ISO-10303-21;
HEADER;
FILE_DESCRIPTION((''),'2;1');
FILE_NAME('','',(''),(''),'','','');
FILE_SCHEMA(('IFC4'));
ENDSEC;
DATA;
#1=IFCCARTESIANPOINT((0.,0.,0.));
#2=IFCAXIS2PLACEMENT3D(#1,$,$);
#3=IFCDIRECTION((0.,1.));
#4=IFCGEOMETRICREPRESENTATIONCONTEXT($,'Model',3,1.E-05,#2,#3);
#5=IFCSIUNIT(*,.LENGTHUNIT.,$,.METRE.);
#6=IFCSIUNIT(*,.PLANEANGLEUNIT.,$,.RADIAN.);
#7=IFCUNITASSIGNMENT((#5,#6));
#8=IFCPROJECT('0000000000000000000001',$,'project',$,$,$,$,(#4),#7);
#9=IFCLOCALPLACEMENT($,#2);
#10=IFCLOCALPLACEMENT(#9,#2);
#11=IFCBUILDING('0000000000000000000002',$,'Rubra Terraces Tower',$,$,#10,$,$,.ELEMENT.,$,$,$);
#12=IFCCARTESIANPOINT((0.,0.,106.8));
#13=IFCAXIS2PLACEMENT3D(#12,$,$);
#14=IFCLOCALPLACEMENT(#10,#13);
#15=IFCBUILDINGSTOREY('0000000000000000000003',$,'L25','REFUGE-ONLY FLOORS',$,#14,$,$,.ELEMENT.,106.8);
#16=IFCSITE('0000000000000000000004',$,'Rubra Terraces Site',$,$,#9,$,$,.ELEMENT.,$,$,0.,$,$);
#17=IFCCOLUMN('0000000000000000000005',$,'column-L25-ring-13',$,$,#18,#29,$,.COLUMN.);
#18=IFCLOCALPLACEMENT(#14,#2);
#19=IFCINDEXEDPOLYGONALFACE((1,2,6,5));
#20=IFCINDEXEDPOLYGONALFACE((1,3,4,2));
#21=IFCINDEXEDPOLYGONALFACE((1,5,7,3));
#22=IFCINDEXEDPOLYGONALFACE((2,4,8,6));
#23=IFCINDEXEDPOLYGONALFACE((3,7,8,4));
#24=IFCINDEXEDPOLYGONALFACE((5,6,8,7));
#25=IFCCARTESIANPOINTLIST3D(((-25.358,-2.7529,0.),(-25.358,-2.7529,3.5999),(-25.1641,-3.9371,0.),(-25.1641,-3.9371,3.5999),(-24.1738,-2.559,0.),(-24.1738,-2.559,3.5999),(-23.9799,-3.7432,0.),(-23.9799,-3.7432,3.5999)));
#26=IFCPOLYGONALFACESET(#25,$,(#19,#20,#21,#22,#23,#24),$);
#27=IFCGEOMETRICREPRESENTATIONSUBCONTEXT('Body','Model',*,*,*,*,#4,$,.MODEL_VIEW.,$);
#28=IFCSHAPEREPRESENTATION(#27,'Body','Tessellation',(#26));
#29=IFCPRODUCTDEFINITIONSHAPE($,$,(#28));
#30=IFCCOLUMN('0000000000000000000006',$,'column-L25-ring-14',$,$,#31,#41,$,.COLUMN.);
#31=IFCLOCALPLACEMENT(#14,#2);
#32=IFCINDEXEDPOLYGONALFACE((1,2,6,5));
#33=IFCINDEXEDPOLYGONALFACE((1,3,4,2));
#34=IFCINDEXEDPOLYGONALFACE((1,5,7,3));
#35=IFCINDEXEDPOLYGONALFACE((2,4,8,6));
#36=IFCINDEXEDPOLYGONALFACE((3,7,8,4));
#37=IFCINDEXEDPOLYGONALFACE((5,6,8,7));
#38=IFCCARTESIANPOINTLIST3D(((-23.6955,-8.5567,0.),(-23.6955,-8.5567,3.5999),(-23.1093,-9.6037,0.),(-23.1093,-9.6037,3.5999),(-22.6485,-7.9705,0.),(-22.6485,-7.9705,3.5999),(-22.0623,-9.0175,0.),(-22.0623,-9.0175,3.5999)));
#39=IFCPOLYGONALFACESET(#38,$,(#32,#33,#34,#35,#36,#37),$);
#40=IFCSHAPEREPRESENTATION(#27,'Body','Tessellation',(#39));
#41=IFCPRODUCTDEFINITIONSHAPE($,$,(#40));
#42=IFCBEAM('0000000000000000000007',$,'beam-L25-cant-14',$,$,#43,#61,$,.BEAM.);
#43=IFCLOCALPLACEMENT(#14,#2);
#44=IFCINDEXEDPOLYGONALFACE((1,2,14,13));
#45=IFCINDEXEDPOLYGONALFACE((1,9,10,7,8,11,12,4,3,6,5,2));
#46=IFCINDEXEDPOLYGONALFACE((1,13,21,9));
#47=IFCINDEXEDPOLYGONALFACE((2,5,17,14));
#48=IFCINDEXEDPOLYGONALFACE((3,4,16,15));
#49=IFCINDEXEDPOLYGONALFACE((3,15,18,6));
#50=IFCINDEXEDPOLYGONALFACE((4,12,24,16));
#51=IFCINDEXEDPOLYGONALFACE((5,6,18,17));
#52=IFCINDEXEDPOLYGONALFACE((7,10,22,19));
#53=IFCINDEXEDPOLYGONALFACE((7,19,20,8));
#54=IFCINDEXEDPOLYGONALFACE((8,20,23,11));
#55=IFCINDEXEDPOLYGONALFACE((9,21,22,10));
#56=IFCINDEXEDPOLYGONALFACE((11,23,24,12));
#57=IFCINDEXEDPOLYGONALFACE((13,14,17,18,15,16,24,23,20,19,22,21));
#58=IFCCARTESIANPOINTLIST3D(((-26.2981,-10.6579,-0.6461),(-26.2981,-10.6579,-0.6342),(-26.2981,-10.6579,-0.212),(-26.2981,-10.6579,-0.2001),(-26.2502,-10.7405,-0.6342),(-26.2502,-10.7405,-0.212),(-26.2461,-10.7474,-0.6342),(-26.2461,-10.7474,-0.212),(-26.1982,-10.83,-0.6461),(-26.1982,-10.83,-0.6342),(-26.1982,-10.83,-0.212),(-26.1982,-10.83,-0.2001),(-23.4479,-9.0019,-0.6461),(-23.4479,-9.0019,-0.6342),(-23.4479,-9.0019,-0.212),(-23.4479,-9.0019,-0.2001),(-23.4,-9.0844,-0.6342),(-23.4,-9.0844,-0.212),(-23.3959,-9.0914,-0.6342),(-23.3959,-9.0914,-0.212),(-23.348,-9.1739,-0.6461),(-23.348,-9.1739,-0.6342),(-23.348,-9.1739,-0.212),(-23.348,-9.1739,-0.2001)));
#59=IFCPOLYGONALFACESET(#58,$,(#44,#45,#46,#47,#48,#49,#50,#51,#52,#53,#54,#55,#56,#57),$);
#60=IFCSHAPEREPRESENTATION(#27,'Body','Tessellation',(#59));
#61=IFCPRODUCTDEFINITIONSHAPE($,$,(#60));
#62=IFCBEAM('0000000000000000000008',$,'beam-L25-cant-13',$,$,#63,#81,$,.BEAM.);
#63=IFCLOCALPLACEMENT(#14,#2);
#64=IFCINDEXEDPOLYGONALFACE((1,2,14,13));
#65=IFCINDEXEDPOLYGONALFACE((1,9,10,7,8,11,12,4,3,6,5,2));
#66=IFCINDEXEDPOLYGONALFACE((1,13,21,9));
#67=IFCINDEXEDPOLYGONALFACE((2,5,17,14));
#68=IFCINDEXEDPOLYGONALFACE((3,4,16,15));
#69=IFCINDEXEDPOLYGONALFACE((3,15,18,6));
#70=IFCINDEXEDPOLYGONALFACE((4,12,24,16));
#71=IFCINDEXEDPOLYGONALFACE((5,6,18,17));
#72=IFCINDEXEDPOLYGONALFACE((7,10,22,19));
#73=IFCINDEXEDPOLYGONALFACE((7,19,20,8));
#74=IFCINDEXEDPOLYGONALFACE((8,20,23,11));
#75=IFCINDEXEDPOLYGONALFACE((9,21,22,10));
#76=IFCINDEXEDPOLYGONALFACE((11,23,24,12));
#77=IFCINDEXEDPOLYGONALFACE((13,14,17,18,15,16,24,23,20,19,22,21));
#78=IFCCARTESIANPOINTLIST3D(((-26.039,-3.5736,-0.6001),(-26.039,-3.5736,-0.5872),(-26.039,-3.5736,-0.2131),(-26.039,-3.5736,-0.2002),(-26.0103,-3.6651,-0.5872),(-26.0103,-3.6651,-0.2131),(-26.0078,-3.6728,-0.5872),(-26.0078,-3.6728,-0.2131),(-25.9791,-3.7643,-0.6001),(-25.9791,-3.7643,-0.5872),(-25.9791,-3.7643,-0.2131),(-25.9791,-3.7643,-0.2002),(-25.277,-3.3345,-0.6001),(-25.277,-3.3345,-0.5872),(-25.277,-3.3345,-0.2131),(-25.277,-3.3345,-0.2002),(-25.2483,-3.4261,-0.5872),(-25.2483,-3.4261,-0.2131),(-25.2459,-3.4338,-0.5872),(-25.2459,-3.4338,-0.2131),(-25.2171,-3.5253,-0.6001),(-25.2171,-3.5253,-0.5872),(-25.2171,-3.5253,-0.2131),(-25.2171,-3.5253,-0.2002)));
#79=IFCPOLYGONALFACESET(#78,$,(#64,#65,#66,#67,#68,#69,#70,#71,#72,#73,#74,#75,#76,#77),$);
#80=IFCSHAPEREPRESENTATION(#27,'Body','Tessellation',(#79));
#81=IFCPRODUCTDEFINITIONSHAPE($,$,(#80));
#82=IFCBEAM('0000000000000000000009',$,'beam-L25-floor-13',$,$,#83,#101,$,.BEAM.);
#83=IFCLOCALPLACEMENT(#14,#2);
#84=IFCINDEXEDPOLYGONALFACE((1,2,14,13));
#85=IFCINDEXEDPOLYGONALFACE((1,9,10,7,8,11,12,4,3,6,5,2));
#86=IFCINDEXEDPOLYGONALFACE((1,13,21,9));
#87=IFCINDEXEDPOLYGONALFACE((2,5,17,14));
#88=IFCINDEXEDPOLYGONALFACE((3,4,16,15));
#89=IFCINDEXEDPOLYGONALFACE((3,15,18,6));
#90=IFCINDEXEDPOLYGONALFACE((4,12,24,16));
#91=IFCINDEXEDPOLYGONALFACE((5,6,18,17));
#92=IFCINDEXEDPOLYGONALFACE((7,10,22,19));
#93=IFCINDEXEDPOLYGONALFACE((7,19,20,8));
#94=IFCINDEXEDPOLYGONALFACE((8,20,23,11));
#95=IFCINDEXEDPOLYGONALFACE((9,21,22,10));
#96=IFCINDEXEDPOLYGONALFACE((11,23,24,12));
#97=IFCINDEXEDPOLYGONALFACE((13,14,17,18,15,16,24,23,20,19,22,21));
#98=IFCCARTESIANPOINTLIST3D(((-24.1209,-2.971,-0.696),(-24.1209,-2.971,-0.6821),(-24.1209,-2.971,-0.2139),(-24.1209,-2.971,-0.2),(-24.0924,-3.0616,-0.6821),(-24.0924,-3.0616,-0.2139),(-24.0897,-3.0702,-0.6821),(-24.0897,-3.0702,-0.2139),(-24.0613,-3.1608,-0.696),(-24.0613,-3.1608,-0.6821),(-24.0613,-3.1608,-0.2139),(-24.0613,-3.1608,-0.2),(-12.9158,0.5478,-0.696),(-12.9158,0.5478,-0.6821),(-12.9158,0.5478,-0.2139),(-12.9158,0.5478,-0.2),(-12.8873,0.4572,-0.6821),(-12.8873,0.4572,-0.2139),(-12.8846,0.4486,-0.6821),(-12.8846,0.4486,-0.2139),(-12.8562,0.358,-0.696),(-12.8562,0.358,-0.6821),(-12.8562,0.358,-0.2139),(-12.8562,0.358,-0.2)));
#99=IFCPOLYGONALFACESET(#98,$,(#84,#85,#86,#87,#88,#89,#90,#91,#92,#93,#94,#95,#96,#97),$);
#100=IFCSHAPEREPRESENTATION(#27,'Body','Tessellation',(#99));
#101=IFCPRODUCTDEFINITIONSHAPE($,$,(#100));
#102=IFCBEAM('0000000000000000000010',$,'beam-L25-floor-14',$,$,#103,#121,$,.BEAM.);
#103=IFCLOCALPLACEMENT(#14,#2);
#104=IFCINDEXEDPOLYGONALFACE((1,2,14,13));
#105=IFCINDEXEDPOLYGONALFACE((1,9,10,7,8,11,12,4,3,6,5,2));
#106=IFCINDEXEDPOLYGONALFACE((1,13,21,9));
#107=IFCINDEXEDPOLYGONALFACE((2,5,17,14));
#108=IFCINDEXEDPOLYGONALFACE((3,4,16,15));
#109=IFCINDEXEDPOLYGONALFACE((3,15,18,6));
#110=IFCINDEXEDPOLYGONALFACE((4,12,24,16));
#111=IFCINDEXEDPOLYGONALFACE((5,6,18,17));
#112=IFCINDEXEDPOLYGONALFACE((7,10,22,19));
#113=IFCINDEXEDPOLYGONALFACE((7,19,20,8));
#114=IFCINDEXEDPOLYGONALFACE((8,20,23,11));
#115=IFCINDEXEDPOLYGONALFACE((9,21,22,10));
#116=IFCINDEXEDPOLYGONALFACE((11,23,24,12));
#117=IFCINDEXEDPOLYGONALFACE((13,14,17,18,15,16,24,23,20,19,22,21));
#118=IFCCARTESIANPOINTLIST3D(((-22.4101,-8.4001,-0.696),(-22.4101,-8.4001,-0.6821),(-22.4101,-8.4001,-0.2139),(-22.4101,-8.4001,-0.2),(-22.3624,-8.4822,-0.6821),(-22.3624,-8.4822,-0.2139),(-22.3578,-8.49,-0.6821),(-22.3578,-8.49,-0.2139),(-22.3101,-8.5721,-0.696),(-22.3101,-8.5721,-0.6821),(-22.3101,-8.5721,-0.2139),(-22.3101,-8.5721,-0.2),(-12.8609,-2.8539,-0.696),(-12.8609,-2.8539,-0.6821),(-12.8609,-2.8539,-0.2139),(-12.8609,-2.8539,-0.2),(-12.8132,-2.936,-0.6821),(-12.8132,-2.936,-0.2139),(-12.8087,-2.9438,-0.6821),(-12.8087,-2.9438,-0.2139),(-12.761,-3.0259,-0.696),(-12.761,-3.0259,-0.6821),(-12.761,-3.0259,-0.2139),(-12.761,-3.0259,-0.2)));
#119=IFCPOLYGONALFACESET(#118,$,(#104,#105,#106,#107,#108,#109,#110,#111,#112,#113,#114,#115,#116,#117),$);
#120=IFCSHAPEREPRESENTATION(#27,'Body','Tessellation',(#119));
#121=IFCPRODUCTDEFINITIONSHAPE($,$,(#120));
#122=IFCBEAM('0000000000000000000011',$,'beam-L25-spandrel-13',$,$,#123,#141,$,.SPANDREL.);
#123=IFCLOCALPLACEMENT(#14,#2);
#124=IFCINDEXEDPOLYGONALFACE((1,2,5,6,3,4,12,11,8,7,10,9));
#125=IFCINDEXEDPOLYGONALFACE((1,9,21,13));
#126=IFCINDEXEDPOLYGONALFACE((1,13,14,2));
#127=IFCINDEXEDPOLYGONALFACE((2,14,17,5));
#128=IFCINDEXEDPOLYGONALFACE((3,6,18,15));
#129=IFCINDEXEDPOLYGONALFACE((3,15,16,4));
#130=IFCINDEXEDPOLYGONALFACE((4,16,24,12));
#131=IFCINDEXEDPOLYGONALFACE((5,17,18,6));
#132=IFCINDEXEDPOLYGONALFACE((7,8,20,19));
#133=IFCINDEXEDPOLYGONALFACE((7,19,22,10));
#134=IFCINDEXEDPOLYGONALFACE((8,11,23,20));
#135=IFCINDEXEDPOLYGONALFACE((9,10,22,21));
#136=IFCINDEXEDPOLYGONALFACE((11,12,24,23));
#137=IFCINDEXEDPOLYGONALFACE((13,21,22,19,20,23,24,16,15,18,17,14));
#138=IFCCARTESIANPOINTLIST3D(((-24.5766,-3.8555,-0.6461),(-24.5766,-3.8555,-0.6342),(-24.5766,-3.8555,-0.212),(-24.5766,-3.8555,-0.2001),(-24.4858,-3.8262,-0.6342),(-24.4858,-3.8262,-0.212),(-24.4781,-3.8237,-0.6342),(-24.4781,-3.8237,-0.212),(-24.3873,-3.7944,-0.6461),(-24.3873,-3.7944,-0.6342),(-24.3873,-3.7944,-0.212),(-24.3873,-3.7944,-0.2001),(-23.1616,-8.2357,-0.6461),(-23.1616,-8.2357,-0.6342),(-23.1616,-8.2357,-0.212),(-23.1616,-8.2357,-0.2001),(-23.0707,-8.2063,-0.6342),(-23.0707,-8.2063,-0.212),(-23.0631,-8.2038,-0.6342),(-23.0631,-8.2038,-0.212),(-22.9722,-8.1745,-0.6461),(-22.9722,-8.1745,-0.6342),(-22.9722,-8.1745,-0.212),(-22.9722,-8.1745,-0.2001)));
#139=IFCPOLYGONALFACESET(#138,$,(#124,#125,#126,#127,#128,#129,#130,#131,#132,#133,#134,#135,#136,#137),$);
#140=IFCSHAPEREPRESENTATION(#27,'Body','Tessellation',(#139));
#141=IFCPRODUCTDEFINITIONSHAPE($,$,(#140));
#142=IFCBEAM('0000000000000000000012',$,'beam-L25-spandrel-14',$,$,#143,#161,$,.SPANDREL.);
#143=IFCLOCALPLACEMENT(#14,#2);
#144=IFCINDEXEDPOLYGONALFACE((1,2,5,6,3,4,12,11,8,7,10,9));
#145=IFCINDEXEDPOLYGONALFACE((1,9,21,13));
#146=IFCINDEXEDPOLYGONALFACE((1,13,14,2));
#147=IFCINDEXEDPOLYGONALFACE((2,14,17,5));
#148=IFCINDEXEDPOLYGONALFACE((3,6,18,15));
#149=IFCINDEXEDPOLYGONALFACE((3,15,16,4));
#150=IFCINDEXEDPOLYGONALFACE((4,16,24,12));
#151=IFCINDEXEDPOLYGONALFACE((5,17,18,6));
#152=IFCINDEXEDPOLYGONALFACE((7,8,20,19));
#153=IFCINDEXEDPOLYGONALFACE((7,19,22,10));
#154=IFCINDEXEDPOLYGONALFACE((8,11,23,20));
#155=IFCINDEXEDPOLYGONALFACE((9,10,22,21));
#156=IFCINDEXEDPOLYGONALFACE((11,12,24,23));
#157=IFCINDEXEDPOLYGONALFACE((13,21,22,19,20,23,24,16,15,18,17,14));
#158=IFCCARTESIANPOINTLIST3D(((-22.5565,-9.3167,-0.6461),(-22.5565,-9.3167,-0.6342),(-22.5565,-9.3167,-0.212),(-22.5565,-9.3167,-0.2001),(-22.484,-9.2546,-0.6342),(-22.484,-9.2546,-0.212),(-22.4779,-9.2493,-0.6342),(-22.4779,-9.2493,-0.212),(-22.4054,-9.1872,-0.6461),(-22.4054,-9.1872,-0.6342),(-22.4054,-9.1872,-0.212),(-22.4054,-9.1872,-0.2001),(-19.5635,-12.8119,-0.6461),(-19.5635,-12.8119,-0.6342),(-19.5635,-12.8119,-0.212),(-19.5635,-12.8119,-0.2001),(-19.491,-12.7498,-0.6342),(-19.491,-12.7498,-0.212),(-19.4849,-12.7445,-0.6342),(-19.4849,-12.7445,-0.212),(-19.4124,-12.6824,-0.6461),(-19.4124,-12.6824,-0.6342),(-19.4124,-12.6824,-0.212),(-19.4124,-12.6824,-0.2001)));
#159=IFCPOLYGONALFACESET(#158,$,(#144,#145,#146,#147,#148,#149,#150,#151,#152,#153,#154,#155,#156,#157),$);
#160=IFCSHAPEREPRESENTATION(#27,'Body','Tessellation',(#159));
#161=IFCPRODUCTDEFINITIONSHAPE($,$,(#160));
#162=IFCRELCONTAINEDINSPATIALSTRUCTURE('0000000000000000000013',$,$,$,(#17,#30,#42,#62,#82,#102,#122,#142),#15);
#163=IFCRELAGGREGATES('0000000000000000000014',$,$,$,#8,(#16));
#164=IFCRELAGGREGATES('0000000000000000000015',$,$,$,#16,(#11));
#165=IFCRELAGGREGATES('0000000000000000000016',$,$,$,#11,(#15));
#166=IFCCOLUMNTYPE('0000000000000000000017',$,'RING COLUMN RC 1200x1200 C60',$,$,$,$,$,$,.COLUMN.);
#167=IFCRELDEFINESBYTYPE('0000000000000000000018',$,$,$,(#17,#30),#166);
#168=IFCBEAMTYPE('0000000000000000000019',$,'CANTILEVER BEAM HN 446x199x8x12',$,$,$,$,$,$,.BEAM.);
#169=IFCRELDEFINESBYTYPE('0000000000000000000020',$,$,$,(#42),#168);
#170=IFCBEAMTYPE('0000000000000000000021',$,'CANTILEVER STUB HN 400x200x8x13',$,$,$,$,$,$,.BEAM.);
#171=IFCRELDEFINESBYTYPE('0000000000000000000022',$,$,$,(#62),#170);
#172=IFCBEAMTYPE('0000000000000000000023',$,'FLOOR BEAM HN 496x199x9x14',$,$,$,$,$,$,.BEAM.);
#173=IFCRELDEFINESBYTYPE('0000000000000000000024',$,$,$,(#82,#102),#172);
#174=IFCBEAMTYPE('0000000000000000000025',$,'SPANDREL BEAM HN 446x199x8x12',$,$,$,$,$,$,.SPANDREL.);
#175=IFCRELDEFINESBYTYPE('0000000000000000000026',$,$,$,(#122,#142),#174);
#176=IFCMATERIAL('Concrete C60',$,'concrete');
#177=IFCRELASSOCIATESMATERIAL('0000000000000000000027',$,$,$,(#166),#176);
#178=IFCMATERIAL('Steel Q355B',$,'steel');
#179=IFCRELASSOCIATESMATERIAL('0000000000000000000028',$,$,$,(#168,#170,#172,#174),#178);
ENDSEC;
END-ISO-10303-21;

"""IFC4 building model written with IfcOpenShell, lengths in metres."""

from ifc_helpers import new_model, si_unit, direction, frame, origin, origin_2d, place, context, subcontext, project, spatial, rectangle, i_section, extrude, material, material_profile, profile_set, type_object, element, save


model = new_model("IFC4")

# Units and contexts
model_context = context("Model", 3, precision=1e-05, world=origin(), true_north=direction((0.0, 1.0)))
body_context = subcontext(model_context, "Body", "Model", "MODEL_VIEW")
ifc_project = project(units=[si_unit("LENGTHUNIT", "METRE"), si_unit("PLANEANGLEUNIT", "RADIAN")], contexts=[model_context])

# Site, building, storey
site_placement = place(None, origin())
site = spatial("IfcSite", under=ifc_project, at=site_placement, Name="Rubra Terraces Site", CompositionType="ELEMENT", RefElevation=0.0)
building_placement = place(site_placement, origin())
building = spatial("IfcBuilding", under=site, at=building_placement, Name="Rubra Terraces Tower", CompositionType="ELEMENT")
storey_placement = place(building_placement, frame((0.0, 0.0, 106.8)))
storey = spatial("IfcBuildingStorey", under=building, at=storey_placement, Name="L25", Description="REFUGE-ONLY FLOORS", CompositionType="ELEMENT", Elevation=106.8)

# Columns
ifc_material_1 = material(Name="Concrete C60", Category="concrete")
ifc_material_profile_1 = material_profile(ifc_material_1, rectangle(XDim=1.2, YDim=1.2, at=origin_2d()), Name="RC 1200x1200")
ifc_profile_set_1 = profile_set([ifc_material_profile_1], Name="Concrete C60")
column_type = type_object("IfcColumnType", Name="RING COLUMN RC 1200x1200 C60", PredefinedType="COLUMN", material=ifc_profile_set_1)
for number, where, z_axis, x_axis, name in (
    (1, (-24.6689, -3.248, 0.0), (0.0, 0.0, 1.0), (0.161559, -0.986863, 0.0), "column-L25-ring-13"),
    (2, (-22.8789, -8.7871, 0.0), (0.0, 0.0, 1.0), (0.488526, -0.872549, 0.0), "column-L25-ring-14"),
):
    element("IfcColumn", number, at=place(storey_placement, frame(where, z_axis=z_axis, x_axis=x_axis)), inside=storey, type_object=column_type, Name=name, PredefinedType="COLUMN", context=body_context, shape_type="SweptSolid", body=[
        extrude(rectangle(XDim=1.2, YDim=1.2, at=origin_2d()), origin(), (0.0, 0.0, 1.0), 3.5999),
    ])

# Beams
ifc_material_2 = material(Name="Steel Q355B", Category="steel")
ifc_material_profile_2 = material_profile(ifc_material_2, i_section(OverallWidth=0.199, OverallDepth=0.446, WebThickness=0.0081, FlangeThickness=0.012, at=origin_2d()), Name="HN 446x199x8x12")
ifc_profile_set_2 = profile_set([ifc_material_profile_2], Name="Steel Q355B")
beam_type_1 = type_object("IfcBeamType", Name="CANTILEVER BEAM HN 446x199x8x12", PredefinedType="BEAM", material=ifc_profile_set_2)
beam_1_placement = place(storey_placement, frame((-23.3979, -9.0879, -0.4231), z_axis=(-0.864643, -0.502387, 0.0), x_axis=(0.502387, -0.864643, 0.0)))
element("IfcBeam", 3, at=beam_1_placement, inside=storey, type_object=beam_type_1, Name="beam-L25-cant-14", PredefinedType="BEAM", context=body_context, shape_type="SweptSolid", body=[
    extrude(i_section(OverallWidth=0.199, OverallDepth=0.446, WebThickness=0.0081, FlangeThickness=0.012, at=origin_2d()), origin(), (0.0, 0.0, 1.0), 3.2964),
])
ifc_material_profile_3 = material_profile(ifc_material_2, i_section(OverallWidth=0.2, OverallDepth=0.3999, WebThickness=0.0081, FlangeThickness=0.0129, at=origin_2d()), Name="HN 400x200x8x13")
ifc_profile_set_3 = profile_set([ifc_material_profile_3], Name="Steel Q355B")
beam_type_2 = type_object("IfcBeamType", Name="CANTILEVER STUB HN 400x200x8x13", PredefinedType="BEAM", material=ifc_profile_set_3)
beam_2_placement = place(storey_placement, frame((-25.2471, -3.4299, -0.4001), z_axis=(-0.954158, -0.299302, 0.0), x_axis=(0.299302, -0.954158, 0.0)))
element("IfcBeam", 4, at=beam_2_placement, inside=storey, type_object=beam_type_2, Name="beam-L25-cant-13", PredefinedType="BEAM", context=body_context, shape_type="SweptSolid", body=[
    extrude(i_section(OverallWidth=0.2, OverallDepth=0.3999, WebThickness=0.0081, FlangeThickness=0.0129, at=origin_2d()), origin(), (0.0, 0.0, 1.0), 0.7986),
])
ifc_material_profile_4 = material_profile(ifc_material_2, i_section(OverallWidth=0.199, OverallDepth=0.4961, WebThickness=0.009, FlangeThickness=0.0139, at=origin_2d()), Name="HN 496x199x9x14")
ifc_profile_set_4 = profile_set([ifc_material_profile_4], Name="Steel Q355B")
beam_type_3 = type_object("IfcBeamType", Name="FLOOR BEAM HN 496x199x9x14", PredefinedType="BEAM", material=ifc_profile_set_4)
beam_3_placement = place(storey_placement, frame((-24.0911, -3.0659, -0.448), z_axis=(0.954062, 0.29961, 0.0), x_axis=(-0.29961, 0.954062, 0.0)))
element("IfcBeam", 5, at=beam_3_placement, inside=storey, type_object=beam_type_3, Name="beam-L25-floor-13", PredefinedType="BEAM", context=body_context, shape_type="SweptSolid", body=[
    extrude(i_section(OverallWidth=0.199, OverallDepth=0.4961, WebThickness=0.009, FlangeThickness=0.0139, at=origin_2d()), origin(), (0.0, 0.0, 1.0), 11.7446),
])
beam_4_placement = place(storey_placement, frame((-22.3601, -8.4861, -0.448), z_axis=(0.864729, 0.502238, 0.0), x_axis=(-0.502238, 0.864729, 0.0)))
element("IfcBeam", 6, at=beam_4_placement, inside=storey, type_object=beam_type_3, Name="beam-L25-floor-14", PredefinedType="BEAM", context=body_context, shape_type="SweptSolid", body=[
    extrude(i_section(OverallWidth=0.199, OverallDepth=0.4961, WebThickness=0.009, FlangeThickness=0.0139, at=origin_2d()), origin(), (0.0, 0.0, 1.0), 11.043),
])
ifc_material_profile_5 = material_profile(ifc_material_2, i_section(OverallWidth=0.199, OverallDepth=0.446, WebThickness=0.0081, FlangeThickness=0.012, at=origin_2d()), Name="HN 446x199x8x12")
ifc_profile_set_5 = profile_set([ifc_material_profile_5], Name="Steel Q355B")
beam_type_4 = type_object("IfcBeamType", Name="SPANDREL BEAM HN 446x199x8x12", PredefinedType="SPANDREL", material=ifc_profile_set_5)
beam_5_placement = place(storey_placement, frame((-24.4819, -3.825, -0.4231), z_axis=(0.307415, -0.951576, 0.0), x_axis=(0.951576, 0.307415, 0.0)))
element("IfcBeam", 7, at=beam_5_placement, inside=storey, type_object=beam_type_4, Name="beam-L25-spandrel-13", PredefinedType="SPANDREL", context=body_context, shape_type="SweptSolid", body=[
    extrude(i_section(OverallWidth=0.199, OverallDepth=0.446, WebThickness=0.0081, FlangeThickness=0.012, at=origin_2d()), origin(), (0.0, 0.0, 1.0), 4.603),
])
beam_6_placement = place(storey_placement, frame((-22.481, -9.252, -0.4231), z_axis=(0.650429, -0.759567, 0.0), x_axis=(0.759567, 0.650429, 0.0)))
element("IfcBeam", 8, at=beam_6_placement, inside=storey, type_object=beam_type_4, Name="beam-L25-spandrel-14", PredefinedType="SPANDREL", context=body_context, shape_type="SweptSolid", body=[
    extrude(i_section(OverallWidth=0.199, OverallDepth=0.446, WebThickness=0.0081, FlangeThickness=0.012, at=origin_2d()), origin(), (0.0, 0.0, 1.0), 4.6016),
])

save(model, "model.ifc")
